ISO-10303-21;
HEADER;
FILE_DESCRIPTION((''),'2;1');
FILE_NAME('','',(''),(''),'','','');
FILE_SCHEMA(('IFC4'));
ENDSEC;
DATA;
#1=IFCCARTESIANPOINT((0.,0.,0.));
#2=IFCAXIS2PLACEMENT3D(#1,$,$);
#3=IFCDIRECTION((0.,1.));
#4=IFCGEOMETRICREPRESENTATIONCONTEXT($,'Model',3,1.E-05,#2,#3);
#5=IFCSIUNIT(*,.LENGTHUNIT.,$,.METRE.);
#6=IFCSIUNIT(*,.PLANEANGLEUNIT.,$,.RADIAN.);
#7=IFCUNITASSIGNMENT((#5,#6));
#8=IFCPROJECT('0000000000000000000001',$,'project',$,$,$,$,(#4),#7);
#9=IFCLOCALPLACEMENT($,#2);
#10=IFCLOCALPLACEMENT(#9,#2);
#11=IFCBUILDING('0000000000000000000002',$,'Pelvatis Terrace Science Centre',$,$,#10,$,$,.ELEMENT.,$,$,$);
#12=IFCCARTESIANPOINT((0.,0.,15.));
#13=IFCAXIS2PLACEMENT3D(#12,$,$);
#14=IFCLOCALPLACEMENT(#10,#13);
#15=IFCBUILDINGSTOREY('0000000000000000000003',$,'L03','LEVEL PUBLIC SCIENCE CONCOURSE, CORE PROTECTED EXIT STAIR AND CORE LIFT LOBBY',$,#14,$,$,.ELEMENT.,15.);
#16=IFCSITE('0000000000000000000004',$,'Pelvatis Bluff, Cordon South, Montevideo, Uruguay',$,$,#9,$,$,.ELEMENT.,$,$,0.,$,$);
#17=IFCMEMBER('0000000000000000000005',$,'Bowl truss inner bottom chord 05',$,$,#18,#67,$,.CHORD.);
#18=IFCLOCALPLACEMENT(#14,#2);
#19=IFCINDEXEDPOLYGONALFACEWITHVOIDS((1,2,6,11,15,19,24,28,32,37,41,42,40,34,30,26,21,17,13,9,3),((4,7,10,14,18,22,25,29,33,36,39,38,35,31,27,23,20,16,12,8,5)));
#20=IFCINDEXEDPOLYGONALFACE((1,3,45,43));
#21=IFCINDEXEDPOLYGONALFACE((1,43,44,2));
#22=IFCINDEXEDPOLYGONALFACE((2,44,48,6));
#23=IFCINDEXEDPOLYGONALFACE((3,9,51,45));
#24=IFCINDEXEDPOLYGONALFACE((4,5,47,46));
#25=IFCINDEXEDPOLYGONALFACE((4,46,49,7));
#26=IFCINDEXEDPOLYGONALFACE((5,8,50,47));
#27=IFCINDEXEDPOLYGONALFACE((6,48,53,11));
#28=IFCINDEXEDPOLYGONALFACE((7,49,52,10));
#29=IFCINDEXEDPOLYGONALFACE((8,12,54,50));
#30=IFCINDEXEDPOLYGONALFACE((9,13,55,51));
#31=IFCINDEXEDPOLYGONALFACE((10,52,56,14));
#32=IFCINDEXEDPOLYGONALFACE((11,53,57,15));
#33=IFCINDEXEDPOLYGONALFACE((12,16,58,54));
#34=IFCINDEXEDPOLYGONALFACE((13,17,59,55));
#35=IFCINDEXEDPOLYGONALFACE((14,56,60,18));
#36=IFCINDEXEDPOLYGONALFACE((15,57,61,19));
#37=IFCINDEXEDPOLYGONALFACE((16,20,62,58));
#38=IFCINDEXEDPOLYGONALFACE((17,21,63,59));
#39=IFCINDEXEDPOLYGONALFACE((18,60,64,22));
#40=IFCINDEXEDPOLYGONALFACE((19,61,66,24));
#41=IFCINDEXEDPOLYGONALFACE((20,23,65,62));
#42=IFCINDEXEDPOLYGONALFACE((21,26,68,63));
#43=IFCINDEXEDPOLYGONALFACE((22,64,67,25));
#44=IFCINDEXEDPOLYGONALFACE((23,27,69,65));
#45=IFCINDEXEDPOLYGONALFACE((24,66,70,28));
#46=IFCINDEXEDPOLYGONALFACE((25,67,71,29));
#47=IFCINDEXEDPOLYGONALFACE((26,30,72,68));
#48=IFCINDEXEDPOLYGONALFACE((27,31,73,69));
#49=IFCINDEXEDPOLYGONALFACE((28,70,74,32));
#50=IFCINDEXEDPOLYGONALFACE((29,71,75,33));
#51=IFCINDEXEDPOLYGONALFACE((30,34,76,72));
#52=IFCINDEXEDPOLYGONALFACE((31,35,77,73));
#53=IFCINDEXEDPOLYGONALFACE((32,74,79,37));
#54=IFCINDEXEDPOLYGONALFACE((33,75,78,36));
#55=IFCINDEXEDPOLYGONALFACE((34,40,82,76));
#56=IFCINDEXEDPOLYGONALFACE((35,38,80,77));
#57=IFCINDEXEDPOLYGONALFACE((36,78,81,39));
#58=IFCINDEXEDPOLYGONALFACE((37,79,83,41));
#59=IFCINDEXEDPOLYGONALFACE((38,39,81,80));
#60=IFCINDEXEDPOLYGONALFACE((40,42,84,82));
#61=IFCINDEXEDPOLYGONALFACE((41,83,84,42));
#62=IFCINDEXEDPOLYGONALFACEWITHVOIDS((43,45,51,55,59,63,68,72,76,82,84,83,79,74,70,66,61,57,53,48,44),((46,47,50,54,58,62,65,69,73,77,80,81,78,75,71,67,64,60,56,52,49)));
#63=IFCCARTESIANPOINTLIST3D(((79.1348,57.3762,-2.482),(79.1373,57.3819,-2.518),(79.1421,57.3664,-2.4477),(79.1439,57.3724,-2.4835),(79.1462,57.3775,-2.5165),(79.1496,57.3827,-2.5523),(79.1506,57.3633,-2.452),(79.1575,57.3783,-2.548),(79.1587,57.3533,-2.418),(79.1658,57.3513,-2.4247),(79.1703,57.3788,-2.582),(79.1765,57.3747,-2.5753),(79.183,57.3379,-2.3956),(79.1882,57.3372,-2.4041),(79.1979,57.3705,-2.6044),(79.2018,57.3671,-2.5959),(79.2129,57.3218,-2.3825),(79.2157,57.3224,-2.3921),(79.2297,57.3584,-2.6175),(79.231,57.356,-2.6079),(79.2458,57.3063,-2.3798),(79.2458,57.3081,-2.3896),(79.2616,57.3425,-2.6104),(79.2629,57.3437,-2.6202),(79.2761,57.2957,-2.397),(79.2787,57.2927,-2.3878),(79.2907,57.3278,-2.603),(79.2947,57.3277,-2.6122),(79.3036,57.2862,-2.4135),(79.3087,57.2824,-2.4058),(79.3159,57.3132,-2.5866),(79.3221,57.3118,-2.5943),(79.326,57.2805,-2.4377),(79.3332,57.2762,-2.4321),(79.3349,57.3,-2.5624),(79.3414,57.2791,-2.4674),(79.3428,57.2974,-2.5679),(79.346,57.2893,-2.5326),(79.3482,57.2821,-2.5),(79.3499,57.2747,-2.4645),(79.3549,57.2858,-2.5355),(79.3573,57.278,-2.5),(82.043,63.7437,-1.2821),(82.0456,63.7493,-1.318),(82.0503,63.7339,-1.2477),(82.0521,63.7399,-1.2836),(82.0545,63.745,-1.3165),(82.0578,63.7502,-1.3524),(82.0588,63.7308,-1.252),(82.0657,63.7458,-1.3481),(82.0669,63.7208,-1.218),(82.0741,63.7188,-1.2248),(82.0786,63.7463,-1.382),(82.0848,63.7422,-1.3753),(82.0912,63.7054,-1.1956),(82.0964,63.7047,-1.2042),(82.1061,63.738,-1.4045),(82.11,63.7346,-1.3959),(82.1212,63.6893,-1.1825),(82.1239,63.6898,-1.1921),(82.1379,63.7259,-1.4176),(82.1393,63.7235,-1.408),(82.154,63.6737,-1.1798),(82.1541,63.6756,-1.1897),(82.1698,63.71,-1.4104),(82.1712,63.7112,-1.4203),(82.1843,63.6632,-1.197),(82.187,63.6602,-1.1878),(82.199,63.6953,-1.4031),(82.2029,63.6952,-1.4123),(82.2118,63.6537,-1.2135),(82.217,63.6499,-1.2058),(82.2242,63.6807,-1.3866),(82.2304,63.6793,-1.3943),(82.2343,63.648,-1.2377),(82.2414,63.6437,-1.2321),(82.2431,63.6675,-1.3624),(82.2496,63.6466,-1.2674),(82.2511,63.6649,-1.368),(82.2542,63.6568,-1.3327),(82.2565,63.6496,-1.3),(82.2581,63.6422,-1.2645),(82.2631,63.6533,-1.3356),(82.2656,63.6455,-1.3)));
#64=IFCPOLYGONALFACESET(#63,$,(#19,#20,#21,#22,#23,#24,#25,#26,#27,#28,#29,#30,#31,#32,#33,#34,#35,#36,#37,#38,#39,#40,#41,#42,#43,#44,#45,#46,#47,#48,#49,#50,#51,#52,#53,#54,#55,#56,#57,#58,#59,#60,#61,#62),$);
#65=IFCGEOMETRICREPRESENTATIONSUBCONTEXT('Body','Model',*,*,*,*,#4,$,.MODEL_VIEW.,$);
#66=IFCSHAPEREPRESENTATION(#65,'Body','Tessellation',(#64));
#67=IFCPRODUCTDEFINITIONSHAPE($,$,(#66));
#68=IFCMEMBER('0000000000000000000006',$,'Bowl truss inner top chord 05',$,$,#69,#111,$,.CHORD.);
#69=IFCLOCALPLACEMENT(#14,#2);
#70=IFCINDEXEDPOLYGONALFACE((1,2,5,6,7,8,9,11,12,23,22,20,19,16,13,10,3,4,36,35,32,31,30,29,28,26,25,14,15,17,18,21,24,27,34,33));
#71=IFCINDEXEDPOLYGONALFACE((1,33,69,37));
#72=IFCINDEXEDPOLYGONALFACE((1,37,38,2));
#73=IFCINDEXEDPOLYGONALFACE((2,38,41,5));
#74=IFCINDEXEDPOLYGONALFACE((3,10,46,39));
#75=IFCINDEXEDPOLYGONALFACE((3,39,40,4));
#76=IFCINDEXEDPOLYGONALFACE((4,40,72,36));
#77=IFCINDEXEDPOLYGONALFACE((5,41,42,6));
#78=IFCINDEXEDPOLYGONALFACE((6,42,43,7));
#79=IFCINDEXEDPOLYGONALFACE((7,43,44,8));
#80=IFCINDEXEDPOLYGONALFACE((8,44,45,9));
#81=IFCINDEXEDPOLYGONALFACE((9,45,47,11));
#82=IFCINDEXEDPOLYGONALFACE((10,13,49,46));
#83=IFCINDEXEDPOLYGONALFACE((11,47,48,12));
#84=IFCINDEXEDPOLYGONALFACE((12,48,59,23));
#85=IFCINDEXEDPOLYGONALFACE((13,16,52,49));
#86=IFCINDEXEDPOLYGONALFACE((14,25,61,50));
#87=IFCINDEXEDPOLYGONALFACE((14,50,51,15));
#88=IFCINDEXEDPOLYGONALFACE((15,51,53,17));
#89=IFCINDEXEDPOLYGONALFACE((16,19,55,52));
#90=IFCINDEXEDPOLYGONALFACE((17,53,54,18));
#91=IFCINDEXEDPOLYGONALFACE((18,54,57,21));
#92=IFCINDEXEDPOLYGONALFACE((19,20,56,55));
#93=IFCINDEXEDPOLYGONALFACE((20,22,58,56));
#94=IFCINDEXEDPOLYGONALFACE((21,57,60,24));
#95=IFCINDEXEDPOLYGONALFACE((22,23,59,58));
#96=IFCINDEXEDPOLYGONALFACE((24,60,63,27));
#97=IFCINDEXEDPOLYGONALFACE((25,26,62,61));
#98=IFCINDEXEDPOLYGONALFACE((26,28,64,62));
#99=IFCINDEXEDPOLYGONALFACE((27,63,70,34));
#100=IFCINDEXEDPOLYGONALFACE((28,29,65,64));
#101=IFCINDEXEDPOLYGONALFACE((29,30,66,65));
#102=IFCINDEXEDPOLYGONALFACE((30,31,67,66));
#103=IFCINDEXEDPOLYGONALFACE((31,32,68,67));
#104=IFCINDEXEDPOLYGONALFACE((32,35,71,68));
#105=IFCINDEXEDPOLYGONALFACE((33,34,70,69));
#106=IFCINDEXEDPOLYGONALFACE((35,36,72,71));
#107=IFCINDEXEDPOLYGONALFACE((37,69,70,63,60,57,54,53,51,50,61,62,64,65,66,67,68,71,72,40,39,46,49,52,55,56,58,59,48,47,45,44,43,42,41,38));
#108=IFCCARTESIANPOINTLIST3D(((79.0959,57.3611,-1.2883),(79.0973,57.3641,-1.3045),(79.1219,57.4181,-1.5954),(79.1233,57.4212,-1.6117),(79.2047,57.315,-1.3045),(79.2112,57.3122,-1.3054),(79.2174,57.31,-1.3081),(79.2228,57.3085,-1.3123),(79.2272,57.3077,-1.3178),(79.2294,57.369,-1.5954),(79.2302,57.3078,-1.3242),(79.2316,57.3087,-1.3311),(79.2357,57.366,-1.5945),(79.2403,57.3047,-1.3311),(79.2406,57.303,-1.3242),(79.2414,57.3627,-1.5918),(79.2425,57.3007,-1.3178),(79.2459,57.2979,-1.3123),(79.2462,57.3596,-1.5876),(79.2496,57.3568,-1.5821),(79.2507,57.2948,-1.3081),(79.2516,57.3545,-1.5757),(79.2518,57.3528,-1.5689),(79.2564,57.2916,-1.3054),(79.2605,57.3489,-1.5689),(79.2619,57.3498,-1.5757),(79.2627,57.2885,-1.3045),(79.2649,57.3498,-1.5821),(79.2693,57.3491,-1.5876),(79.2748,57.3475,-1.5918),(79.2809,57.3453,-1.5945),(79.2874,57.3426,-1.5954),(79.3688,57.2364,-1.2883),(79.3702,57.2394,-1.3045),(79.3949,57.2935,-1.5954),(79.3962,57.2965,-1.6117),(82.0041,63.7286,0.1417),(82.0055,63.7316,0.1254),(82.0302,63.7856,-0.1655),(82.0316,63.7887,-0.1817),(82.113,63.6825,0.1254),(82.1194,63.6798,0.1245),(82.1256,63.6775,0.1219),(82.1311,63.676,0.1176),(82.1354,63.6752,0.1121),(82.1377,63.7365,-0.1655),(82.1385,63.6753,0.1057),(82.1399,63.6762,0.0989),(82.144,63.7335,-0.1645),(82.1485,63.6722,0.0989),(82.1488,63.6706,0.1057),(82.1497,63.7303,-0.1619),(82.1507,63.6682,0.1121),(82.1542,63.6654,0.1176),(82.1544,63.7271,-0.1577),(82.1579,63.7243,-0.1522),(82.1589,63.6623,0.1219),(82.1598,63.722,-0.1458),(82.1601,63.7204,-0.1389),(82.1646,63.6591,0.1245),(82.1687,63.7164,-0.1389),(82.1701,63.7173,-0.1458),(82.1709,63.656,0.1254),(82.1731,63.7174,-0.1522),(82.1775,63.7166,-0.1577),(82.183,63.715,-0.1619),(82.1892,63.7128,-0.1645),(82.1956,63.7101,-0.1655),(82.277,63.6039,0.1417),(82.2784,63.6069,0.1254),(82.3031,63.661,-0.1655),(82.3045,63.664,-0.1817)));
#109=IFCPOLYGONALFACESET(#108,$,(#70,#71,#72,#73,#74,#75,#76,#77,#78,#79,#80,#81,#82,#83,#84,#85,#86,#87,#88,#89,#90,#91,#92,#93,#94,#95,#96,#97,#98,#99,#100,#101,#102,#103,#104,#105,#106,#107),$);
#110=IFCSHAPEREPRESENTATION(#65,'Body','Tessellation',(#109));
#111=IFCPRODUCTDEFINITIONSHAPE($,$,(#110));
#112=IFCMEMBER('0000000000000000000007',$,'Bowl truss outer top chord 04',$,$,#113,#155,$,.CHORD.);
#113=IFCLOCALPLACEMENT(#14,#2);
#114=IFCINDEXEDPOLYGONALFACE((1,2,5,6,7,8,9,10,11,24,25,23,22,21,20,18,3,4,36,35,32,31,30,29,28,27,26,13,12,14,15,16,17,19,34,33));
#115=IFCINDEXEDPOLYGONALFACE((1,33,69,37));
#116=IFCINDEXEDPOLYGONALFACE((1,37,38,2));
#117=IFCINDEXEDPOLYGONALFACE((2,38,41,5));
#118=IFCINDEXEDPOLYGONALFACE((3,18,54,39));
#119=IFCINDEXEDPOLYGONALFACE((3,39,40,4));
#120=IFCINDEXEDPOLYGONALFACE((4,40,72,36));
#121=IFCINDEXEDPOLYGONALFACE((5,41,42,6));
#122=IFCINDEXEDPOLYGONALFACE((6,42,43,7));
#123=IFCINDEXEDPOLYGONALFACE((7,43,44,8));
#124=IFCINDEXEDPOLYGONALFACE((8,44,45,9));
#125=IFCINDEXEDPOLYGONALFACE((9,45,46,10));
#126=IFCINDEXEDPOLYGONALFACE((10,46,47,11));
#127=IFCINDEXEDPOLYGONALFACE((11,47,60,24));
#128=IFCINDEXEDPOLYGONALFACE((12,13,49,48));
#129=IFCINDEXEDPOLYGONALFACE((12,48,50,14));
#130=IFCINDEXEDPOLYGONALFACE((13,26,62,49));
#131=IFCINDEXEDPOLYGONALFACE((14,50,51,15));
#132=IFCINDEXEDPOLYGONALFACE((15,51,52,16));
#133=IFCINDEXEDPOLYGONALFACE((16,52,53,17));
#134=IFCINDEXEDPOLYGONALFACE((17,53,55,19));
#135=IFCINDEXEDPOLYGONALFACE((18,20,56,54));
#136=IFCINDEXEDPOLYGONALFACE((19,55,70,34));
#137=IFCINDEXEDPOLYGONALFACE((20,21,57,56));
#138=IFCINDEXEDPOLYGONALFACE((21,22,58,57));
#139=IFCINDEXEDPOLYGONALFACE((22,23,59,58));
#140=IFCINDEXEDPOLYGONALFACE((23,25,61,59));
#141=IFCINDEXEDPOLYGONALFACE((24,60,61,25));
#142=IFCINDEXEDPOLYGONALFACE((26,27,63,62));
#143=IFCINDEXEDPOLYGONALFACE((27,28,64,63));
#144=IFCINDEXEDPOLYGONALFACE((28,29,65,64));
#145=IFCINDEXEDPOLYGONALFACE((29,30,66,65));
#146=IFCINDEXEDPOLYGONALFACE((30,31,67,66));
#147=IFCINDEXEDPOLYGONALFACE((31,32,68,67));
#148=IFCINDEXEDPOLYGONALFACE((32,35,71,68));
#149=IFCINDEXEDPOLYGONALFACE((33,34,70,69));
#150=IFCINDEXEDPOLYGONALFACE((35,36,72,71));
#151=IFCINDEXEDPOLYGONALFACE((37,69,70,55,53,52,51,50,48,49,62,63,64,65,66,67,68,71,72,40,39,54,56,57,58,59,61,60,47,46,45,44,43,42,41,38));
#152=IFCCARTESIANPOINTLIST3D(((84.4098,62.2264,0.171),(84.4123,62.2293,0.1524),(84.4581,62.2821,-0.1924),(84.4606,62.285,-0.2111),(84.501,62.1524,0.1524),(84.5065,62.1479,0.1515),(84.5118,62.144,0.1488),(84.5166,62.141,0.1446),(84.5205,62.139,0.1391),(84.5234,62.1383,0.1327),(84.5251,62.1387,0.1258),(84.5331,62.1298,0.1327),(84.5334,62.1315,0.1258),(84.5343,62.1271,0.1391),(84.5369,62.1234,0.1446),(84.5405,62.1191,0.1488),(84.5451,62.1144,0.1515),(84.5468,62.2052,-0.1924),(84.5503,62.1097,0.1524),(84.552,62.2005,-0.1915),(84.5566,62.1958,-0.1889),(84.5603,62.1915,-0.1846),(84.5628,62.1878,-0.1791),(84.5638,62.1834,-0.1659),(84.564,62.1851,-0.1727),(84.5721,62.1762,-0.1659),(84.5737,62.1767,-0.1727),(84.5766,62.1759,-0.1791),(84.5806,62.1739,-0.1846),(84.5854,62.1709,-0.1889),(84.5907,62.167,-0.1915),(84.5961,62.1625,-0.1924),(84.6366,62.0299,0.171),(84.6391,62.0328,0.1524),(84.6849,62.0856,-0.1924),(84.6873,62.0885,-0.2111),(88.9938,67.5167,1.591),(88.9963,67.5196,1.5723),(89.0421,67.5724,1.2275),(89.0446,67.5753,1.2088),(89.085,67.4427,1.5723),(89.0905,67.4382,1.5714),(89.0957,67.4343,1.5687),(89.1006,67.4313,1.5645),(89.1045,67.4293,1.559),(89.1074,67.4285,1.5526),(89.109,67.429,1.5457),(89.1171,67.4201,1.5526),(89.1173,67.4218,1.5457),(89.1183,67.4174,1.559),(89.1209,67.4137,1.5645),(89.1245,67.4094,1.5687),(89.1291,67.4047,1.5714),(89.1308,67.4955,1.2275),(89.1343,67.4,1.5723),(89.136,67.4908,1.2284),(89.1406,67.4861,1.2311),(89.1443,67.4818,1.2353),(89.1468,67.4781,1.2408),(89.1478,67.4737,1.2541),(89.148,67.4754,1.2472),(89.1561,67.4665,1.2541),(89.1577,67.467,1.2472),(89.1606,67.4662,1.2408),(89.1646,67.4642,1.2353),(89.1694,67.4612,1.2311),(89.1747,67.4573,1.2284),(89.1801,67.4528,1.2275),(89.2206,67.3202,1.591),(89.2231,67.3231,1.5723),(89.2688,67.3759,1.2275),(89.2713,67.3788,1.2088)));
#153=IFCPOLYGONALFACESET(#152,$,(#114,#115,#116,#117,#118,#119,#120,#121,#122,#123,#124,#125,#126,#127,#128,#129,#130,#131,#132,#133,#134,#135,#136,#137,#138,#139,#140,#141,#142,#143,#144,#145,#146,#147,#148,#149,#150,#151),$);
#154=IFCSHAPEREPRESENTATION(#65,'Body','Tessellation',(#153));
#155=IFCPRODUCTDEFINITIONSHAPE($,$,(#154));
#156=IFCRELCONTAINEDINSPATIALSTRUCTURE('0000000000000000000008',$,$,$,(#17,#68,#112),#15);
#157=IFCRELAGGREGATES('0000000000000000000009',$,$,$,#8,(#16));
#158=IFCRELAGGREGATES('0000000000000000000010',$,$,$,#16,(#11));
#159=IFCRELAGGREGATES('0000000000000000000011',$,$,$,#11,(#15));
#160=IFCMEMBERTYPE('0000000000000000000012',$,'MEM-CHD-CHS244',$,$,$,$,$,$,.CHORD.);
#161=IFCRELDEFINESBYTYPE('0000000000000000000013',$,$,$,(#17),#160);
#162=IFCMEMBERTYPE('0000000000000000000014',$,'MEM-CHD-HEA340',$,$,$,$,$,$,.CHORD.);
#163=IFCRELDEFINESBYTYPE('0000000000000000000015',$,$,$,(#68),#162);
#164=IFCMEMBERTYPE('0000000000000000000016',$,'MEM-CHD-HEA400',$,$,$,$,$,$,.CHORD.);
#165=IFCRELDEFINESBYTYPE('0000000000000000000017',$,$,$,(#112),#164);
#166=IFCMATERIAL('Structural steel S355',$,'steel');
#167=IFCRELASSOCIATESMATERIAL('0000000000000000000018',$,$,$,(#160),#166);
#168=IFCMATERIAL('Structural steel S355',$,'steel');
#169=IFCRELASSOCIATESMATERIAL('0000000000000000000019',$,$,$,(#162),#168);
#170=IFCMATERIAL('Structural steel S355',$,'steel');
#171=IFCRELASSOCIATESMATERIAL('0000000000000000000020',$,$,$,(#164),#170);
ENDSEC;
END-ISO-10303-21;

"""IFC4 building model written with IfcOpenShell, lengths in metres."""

from ifc_helpers import new_model, si_unit, direction, frame, origin, origin_2d, place, context, subcontext, project, spatial, hollow_circle, i_section, extrude, material, material_profile, profile_set, type_object, element, save


model = new_model("IFC4")

# Units and contexts
model_context = context("Model", 3, precision=1e-05, world=origin(), true_north=direction((0.0, 1.0)))
body_context = subcontext(model_context, "Body", "Model", "MODEL_VIEW")
ifc_project = project(units=[si_unit("LENGTHUNIT", "METRE"), si_unit("PLANEANGLEUNIT", "RADIAN")], contexts=[model_context])

# Site, building, storey
site_placement = place(None, origin())
site = spatial("IfcSite", under=ifc_project, at=site_placement, Name="Pelvatis Bluff, Cordon South, Montevideo, Uruguay", CompositionType="ELEMENT", RefElevation=0.0)
building_placement = place(site_placement, origin())
building = spatial("IfcBuilding", under=site, at=building_placement, Name="Pelvatis Terrace Science Centre", CompositionType="ELEMENT")
storey_placement = place(building_placement, frame((0.0, 0.0, 15.0)))
storey = spatial("IfcBuildingStorey", under=building, at=storey_placement, Name="L03", Description="LEVEL PUBLIC SCIENCE CONCOURSE, CORE PROTECTED EXIT STAIR AND CORE LIFT LOBBY", CompositionType="ELEMENT", Elevation=15.0)

# Members
ifc_material_1 = material(Name="Structural steel S355", Category="steel")
ifc_material_profile_1 = material_profile(ifc_material_1, hollow_circle(Radius=0.1223, WallThickness=0.01, at=origin_2d()), Name="CHS 244.5x10.0")
ifc_profile_set_1 = profile_set([ifc_material_profile_1], Name="Structural steel S355")
member_type_1 = type_object("IfcMemberType", Name="MEM-CHD-CHS244", PredefinedType="CHORD", material=ifc_profile_set_1)
member_1_placement = place(storey_placement, frame((82.1543, 63.6963, -1.3), z_axis=(-0.409477, -0.896539, -0.168954), x_axis=(0.909616, -0.41545, 0.0)))
element("IfcMember", 1, at=member_1_placement, inside=storey, type_object=member_type_1, Name="Bowl truss inner bottom chord 05", PredefinedType="CHORD", context=body_context, shape_type="SweptSolid", body=[
    extrude(hollow_circle(Radius=0.1223, WallThickness=0.01, at=origin_2d()), origin(), (0.0, 0.0, 1.0), 7.1023),
])
ifc_material_2 = material(Name="Structural steel S355", Category="steel")
ifc_material_profile_2 = material_profile(ifc_material_2, i_section(OverallWidth=0.3, OverallDepth=0.3301, WebThickness=0.0095, FlangeThickness=0.0166, FilletRadius=0.0271, at=origin_2d()), Name="HEA 340")
ifc_profile_set_2 = profile_set([ifc_material_profile_2], Name="Structural steel S355")
member_type_2 = type_object("IfcMemberType", Name="MEM-CHD-HEA340", PredefinedType="CHORD", material=ifc_profile_set_2)
member_2_placement = place(storey_placement, frame((82.1543, 63.6963, -0.02), z_axis=(-0.407044, -0.891212, -0.200139), x_axis=(0.909616, -0.41545, 0.0)))
element("IfcMember", 2, at=member_2_placement, inside=storey, type_object=member_type_2, Name="Bowl truss inner top chord 05", PredefinedType="CHORD", context=body_context, shape_type="SweptSolid", body=[
    extrude(i_section(OverallWidth=0.3, OverallDepth=0.3301, WebThickness=0.0095, FlangeThickness=0.0166, FilletRadius=0.0271, at=origin_2d()), origin(), (0.0, 0.0, 1.0), 7.1448),
])
ifc_material_3 = material(Name="Structural steel S355", Category="steel")
ifc_material_profile_3 = material_profile(ifc_material_3, i_section(OverallWidth=0.3, OverallDepth=0.3899, WebThickness=0.011, FlangeThickness=0.019, FilletRadius=0.0271, at=origin_2d()), Name="HEA 400")
ifc_profile_set_3 = profile_set([ifc_material_profile_3], Name="Structural steel S355")
member_type_3 = type_object("IfcMemberType", Name="MEM-CHD-HEA400", PredefinedType="CHORD", material=ifc_profile_set_3)
for number, where, z_axis, x_axis, name in (
    (3, (89.1326, 67.4478, 1.3999), (-0.641784, -0.74067, -0.198797), (0.755755, -0.654855, 0.0), "Bowl truss outer top chord 04"),
):
    element("IfcMember", number, at=place(storey_placement, frame(where, z_axis=z_axis, x_axis=x_axis)), inside=storey, type_object=member_type_3, Name=name, PredefinedType="CHORD", context=body_context, shape_type="SweptSolid", body=[
        extrude(i_section(OverallWidth=0.3, OverallDepth=0.3899, WebThickness=0.011, FlangeThickness=0.019, FilletRadius=0.0271, at=origin_2d()), origin(), (0.0, 0.0, 1.0), 7.1426),
    ])

save(model, "model.ifc")
